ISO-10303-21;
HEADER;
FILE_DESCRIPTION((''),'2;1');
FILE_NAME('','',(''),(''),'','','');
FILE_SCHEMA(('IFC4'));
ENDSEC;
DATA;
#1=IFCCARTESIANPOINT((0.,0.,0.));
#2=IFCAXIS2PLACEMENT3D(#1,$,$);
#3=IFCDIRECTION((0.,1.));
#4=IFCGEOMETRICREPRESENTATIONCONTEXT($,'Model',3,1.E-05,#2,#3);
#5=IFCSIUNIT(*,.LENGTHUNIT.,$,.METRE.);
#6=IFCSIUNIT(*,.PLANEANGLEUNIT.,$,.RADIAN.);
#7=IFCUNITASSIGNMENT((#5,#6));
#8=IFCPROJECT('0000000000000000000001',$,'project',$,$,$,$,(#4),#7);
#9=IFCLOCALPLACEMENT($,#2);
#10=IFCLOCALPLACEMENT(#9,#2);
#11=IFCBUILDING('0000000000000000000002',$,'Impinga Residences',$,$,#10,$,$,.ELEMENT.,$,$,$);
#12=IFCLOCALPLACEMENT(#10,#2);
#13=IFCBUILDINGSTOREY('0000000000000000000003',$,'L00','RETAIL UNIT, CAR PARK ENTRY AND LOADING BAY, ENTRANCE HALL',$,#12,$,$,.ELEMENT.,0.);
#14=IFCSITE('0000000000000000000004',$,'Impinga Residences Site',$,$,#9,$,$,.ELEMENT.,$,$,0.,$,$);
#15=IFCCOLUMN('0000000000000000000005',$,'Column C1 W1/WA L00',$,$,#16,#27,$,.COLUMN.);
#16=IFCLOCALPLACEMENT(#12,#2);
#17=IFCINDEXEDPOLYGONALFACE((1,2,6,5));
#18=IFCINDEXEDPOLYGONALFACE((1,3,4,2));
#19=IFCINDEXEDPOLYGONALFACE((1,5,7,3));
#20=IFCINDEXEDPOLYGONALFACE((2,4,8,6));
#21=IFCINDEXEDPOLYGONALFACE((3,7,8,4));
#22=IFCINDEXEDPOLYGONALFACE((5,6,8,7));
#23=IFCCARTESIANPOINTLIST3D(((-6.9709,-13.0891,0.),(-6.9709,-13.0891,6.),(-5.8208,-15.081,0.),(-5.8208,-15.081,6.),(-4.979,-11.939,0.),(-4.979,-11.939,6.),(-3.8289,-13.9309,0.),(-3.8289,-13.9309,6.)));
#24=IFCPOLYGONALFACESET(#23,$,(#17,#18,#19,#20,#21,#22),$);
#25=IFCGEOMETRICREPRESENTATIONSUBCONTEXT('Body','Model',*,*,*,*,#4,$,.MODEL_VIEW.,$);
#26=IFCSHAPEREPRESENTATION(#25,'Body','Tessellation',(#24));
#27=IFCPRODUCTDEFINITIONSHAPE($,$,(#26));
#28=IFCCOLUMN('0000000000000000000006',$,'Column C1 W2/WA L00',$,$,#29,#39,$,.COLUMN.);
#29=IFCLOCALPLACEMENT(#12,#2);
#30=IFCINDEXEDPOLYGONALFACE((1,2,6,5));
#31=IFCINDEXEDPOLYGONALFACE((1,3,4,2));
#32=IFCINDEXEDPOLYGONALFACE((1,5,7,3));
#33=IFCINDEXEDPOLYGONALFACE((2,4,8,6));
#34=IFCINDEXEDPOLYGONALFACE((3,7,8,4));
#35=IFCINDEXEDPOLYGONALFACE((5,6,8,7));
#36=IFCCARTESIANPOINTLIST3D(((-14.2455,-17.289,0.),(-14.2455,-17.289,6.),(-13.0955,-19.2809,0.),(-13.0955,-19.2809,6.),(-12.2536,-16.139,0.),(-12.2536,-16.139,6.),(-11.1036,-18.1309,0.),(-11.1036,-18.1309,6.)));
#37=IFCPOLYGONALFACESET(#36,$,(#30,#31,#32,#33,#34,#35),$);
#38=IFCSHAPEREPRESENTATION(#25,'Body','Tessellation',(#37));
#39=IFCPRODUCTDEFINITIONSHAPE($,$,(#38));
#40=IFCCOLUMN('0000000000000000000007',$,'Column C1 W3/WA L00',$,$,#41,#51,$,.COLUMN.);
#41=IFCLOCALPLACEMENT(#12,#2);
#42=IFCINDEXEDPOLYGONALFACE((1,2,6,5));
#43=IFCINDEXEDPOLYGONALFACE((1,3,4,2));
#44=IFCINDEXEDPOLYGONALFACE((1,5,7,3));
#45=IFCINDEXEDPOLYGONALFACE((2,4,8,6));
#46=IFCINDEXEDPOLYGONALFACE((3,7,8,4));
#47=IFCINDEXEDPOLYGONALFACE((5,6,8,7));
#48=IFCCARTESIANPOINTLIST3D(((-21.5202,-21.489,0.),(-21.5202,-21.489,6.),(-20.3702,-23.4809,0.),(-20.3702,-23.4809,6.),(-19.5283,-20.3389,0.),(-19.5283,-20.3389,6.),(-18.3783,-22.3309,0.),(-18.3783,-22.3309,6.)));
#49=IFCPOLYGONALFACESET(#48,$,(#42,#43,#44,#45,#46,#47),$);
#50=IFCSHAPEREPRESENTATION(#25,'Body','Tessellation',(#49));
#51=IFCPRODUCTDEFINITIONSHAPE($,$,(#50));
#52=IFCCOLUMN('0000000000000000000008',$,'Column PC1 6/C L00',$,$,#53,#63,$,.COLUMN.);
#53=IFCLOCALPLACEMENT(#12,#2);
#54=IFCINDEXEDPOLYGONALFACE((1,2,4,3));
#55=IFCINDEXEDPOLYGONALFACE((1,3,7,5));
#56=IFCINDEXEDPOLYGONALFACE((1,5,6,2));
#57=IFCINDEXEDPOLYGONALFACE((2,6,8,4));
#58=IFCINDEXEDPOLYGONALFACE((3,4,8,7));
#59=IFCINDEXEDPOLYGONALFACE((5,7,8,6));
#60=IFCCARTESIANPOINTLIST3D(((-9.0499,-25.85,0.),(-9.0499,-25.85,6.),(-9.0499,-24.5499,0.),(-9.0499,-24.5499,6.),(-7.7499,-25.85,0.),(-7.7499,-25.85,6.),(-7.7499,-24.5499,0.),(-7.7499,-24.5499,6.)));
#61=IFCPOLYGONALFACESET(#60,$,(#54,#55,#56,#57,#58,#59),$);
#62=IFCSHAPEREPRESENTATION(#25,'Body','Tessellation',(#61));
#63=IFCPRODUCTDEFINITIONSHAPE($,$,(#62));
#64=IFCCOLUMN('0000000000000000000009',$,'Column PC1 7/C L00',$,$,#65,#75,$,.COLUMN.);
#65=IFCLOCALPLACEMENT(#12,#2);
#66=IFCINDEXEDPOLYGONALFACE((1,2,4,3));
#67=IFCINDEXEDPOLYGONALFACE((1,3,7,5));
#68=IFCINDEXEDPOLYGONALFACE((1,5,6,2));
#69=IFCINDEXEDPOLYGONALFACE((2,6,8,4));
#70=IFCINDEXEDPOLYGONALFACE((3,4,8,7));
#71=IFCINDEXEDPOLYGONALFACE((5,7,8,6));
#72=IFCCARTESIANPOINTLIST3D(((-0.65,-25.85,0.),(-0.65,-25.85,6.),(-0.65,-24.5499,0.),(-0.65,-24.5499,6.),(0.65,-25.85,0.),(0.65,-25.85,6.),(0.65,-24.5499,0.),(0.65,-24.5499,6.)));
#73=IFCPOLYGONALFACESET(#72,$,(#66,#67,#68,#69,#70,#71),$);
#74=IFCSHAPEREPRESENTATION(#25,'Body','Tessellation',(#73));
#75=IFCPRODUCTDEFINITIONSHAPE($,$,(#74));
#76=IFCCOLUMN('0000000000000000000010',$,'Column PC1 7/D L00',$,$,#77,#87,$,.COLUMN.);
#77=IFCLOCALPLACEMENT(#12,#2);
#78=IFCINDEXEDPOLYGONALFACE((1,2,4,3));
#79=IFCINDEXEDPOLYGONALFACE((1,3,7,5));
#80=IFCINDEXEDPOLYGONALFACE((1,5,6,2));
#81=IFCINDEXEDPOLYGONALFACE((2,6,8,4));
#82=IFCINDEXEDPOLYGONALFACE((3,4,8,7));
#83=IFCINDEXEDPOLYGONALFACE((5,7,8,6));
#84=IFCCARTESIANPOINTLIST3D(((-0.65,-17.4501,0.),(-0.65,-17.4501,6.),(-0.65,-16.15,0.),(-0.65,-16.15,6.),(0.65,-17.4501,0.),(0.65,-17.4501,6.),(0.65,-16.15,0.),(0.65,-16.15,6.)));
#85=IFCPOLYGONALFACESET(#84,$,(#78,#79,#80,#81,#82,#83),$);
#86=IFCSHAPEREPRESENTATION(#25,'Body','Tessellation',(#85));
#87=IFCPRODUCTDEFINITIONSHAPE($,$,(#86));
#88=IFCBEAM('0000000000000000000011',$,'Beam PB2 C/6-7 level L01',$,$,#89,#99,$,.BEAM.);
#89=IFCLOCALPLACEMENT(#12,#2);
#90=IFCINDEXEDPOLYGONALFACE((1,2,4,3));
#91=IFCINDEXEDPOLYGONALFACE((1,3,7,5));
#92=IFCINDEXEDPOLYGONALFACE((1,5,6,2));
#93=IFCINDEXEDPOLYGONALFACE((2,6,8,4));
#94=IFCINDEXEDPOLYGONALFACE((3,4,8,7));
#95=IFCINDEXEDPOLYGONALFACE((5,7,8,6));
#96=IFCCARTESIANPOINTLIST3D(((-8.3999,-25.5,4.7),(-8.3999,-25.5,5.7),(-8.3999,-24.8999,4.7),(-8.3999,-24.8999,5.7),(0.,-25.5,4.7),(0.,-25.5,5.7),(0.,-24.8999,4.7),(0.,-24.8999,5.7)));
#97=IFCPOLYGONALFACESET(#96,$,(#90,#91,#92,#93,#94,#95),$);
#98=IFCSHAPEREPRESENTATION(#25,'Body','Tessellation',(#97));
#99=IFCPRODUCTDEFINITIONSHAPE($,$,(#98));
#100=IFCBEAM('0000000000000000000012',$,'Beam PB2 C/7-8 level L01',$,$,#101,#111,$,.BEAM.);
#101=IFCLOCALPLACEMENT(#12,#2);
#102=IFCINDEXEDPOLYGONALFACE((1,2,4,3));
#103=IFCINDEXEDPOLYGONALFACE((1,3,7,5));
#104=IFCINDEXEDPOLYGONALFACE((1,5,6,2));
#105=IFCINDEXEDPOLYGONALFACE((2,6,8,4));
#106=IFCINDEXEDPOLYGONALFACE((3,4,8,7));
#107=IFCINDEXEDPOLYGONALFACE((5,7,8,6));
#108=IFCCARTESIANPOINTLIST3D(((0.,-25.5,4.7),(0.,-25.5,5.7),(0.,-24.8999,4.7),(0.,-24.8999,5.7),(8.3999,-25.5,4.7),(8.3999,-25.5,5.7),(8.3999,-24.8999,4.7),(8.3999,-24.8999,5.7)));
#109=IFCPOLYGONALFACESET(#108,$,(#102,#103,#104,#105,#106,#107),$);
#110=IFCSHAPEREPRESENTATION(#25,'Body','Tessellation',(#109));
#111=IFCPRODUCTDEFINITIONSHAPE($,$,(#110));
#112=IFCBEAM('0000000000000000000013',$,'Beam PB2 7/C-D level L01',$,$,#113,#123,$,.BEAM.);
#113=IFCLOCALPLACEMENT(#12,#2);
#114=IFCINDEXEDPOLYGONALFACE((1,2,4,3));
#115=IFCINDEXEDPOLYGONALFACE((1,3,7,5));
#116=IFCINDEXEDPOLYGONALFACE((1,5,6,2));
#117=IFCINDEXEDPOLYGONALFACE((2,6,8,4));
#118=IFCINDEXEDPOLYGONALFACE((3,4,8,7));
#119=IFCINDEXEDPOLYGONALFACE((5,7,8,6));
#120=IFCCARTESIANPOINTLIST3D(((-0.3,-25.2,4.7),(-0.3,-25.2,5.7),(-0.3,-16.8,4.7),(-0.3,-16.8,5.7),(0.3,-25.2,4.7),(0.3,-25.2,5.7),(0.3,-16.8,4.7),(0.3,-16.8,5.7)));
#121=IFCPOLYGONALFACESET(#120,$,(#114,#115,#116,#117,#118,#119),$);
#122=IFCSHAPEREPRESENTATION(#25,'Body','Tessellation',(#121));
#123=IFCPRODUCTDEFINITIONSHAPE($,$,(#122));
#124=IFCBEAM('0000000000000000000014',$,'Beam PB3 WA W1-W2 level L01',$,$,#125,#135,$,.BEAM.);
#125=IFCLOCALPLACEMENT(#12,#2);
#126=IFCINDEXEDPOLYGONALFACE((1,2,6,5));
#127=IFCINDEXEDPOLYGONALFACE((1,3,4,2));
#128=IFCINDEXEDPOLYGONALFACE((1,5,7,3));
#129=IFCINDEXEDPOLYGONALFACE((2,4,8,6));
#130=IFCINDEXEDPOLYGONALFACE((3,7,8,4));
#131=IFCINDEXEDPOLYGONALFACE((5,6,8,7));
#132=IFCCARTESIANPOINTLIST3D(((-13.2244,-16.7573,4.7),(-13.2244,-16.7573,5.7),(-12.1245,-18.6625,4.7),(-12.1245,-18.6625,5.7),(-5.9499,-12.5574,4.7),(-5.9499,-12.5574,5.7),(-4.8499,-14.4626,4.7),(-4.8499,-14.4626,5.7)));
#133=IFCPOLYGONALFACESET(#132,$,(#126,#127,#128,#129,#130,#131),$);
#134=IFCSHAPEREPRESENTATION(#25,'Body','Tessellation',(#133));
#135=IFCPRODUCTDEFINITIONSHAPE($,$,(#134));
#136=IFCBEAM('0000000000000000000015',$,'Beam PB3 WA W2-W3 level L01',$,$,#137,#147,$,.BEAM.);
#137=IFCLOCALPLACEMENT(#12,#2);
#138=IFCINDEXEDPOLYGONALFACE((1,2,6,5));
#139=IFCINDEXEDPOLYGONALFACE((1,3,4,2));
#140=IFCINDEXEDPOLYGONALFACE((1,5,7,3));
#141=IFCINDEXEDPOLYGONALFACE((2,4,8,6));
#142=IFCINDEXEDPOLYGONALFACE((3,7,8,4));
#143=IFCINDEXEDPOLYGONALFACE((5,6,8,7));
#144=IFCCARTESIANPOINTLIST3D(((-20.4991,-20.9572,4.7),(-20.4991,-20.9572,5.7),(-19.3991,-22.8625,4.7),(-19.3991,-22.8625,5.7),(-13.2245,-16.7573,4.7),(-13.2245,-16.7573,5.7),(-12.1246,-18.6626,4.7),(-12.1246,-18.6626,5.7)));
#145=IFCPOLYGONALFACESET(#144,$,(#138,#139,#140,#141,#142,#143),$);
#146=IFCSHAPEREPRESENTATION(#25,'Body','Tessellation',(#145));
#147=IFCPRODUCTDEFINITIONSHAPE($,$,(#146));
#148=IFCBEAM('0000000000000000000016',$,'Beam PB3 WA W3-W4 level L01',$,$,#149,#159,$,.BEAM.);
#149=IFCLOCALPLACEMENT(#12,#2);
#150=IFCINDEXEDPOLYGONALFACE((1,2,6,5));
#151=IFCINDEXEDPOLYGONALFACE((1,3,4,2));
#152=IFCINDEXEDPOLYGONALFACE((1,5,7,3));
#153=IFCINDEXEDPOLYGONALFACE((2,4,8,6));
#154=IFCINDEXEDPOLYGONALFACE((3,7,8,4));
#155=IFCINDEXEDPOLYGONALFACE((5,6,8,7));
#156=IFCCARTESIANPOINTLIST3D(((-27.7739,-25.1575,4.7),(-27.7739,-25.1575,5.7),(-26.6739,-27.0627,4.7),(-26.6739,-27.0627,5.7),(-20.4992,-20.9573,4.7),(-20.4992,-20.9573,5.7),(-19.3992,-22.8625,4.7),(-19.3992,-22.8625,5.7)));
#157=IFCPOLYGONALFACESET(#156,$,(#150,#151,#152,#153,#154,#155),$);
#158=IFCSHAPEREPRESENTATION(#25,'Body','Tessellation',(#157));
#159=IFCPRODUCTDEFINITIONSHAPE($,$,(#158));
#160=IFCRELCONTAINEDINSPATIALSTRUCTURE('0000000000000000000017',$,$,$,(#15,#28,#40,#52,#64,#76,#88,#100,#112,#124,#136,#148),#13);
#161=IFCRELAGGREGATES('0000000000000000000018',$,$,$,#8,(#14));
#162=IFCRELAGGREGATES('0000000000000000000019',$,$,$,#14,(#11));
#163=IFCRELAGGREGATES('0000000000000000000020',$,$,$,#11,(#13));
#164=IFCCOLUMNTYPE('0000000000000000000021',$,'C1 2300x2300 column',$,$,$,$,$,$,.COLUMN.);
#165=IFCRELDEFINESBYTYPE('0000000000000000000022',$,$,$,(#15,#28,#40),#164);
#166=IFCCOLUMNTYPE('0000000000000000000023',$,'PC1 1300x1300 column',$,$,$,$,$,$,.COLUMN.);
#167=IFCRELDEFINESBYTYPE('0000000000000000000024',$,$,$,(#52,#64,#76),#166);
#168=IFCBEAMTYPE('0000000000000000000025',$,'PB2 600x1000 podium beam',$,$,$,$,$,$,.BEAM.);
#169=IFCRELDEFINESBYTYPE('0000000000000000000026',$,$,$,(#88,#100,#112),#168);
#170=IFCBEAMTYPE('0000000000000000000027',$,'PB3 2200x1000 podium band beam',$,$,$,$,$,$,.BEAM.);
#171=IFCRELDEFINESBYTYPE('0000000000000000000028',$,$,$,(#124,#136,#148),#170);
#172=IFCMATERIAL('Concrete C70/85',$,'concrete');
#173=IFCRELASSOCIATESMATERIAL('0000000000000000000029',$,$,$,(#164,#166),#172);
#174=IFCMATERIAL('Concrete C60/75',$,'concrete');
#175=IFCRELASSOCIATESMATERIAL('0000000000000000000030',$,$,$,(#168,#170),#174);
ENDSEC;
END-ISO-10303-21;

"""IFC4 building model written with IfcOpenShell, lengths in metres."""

from ifc_helpers import new_model, si_unit, direction, frame, origin, origin_2d, place, context, subcontext, project, spatial, rectangle, extrude, material, material_profile, profile_set, type_object, element, save


model = new_model("IFC4")

# Units and contexts
model_context = context("Model", 3, precision=1e-05, world=origin(), true_north=direction((0.0, 1.0)))
body_context = subcontext(model_context, "Body", "Model", "MODEL_VIEW")
ifc_project = project(units=[si_unit("LENGTHUNIT", "METRE"), si_unit("PLANEANGLEUNIT", "RADIAN")], contexts=[model_context])

# Site, building, storey
site_placement = place(None, origin())
site = spatial("IfcSite", under=ifc_project, at=site_placement, Name="Impinga Residences Site", CompositionType="ELEMENT", RefElevation=0.0)
building_placement = place(site_placement, origin())
building = spatial("IfcBuilding", under=site, at=building_placement, Name="Impinga Residences", CompositionType="ELEMENT")
storey_placement = place(building_placement, origin())
storey = spatial("IfcBuildingStorey", under=building, at=storey_placement, Name="L00", Description="RETAIL UNIT, CAR PARK ENTRY AND LOADING BAY, ENTRANCE HALL", CompositionType="ELEMENT", Elevation=0.0)

# Columns
ifc_material_1 = material(Name="Concrete C70/85", Category="concrete")
ifc_material_profile_1 = material_profile(ifc_material_1, rectangle(XDim=2.3, YDim=2.3, at=origin_2d()), Name="RC 2300x2300")
ifc_profile_set_1 = profile_set([ifc_material_profile_1], Name="Concrete C70/85")
column_type_1 = type_object("IfcColumnType", Name="C1 2300x2300 column", PredefinedType="COLUMN", material=ifc_profile_set_1)
for number, where, z_axis, x_axis, name in (
    (1, (-5.3999, -13.51, 0.0), (0.0, 0.0, 1.0), (-0.5, 0.866025, 0.0), "Column C1 W1/WA L00"),
    (2, (-12.6746, -17.71, 0.0), (0.0, 0.0, 1.0), (-0.5, 0.866025, 0.0), "Column C1 W2/WA L00"),
    (3, (-19.9492, -21.9099, 0.0), (0.0, 0.0, 1.0), (-0.5, 0.866025, 0.0), "Column C1 W3/WA L00"),
):
    element("IfcColumn", number, at=place(storey_placement, frame(where, z_axis=z_axis, x_axis=x_axis)), inside=storey, type_object=column_type_1, Name=name, PredefinedType="COLUMN", context=body_context, shape_type="SweptSolid", body=[
        extrude(rectangle(XDim=2.3, YDim=2.3, at=origin_2d()), origin(), (0.0, 0.0, 1.0), 6.0),
    ])
ifc_material_profile_2 = material_profile(ifc_material_1, rectangle(XDim=1.3, YDim=1.3, at=origin_2d()), Name="RC 1300x1300")
ifc_profile_set_2 = profile_set([ifc_material_profile_2], Name="Concrete C70/85")
column_type_2 = type_object("IfcColumnType", Name="PC1 1300x1300 column", PredefinedType="COLUMN", material=ifc_profile_set_2)
for number, where, z_axis, x_axis, name in (
    (4, (-8.3999, -25.2, 0.0), (0.0, 0.0, 1.0), (1.0, 0.0, 0.0), "Column PC1 6/C L00"),
    (5, (0.0, -25.2, 0.0), (0.0, 0.0, 1.0), (1.0, 0.0, 0.0), "Column PC1 7/C L00"),
    (6, (0.0, -16.8, 0.0), (0.0, 0.0, 1.0), (1.0, 0.0, 0.0), "Column PC1 7/D L00"),
):
    element("IfcColumn", number, at=place(storey_placement, frame(where, z_axis=z_axis, x_axis=x_axis)), inside=storey, type_object=column_type_2, Name=name, PredefinedType="COLUMN", context=body_context, shape_type="SweptSolid", body=[
        extrude(rectangle(XDim=1.3, YDim=1.3, at=origin_2d()), origin(), (0.0, 0.0, 1.0), 6.0),
    ])

# Beams
ifc_material_2 = material(Name="Concrete C60/75", Category="concrete")
ifc_material_profile_3 = material_profile(ifc_material_2, rectangle(XDim=0.6001, YDim=1.0, at=origin_2d()), Name="RC 600x1000")
ifc_profile_set_3 = profile_set([ifc_material_profile_3], Name="Concrete C60/75")
beam_type_1 = type_object("IfcBeamType", Name="PB2 600x1000 podium beam", PredefinedType="BEAM", material=ifc_profile_set_3)
for number, where, z_axis, x_axis, name in (
    (7, (-8.3999, -25.2, 5.2), (1.0, 0.0, 0.0), (0.0, 1.0, 0.0), "Beam PB2 C/6-7 level L01"),
    (8, (0.0, -25.2, 5.2), (1.0, 0.0, 0.0), (0.0, 1.0, 0.0), "Beam PB2 C/7-8 level L01"),
    (9, (0.0, -25.2, 5.2), (0.0, 1.0, 0.0), (-1.0, 0.0, 0.0), "Beam PB2 7/C-D level L01"),
):
    element("IfcBeam", number, at=place(storey_placement, frame(where, z_axis=z_axis, x_axis=x_axis)), inside=storey, type_object=beam_type_1, Name=name, PredefinedType="BEAM", context=body_context, shape_type="SweptSolid", body=[
        extrude(rectangle(XDim=0.6001, YDim=1.0, at=origin_2d()), origin(), (0.0, 0.0, 1.0), 8.3999),
    ])
ifc_material_profile_4 = material_profile(ifc_material_2, rectangle(XDim=2.2, YDim=1.0, at=origin_2d()), Name="RC 2200x1000")
ifc_profile_set_4 = profile_set([ifc_material_profile_4], Name="Concrete C60/75")
beam_type_2 = type_object("IfcBeamType", Name="PB3 2200x1000 podium band beam", PredefinedType="BEAM", material=ifc_profile_set_4)
for number, where, z_axis, x_axis, name in (
    (10, (-5.3999, -13.51, 5.2), (-0.866029, -0.499993, 0.0), (0.499993, -0.866029, 0.0), "Beam PB3 WA W1-W2 level L01"),
    (11, (-12.6746, -17.71, 5.2), (-0.866029, -0.499993, 0.0), (0.499993, -0.866029, 0.0), "Beam PB3 WA W2-W3 level L01"),
):
    element("IfcBeam", number, at=place(storey_placement, frame(where, z_axis=z_axis, x_axis=x_axis)), inside=storey, type_object=beam_type_2, Name=name, PredefinedType="BEAM", context=body_context, shape_type="SweptSolid", body=[
        extrude(rectangle(XDim=2.2, YDim=1.0, at=origin_2d()), origin(), (0.0, 0.0, 1.0), 8.3999),
    ])
beam_placement = place(storey_placement, frame((-19.9492, -21.9099, 5.2), z_axis=(-0.866017, -0.500015, 0.0), x_axis=(0.500015, -0.866017, 0.0)))
element("IfcBeam", 12, at=beam_placement, inside=storey, type_object=beam_type_2, Name="Beam PB3 WA W3-W4 level L01", PredefinedType="BEAM", context=body_context, shape_type="SweptSolid", body=[
    extrude(rectangle(XDim=2.2, YDim=1.0, at=origin_2d()), origin(), (0.0, 0.0, 1.0), 8.4001),
])

save(model, "model.ifc")
